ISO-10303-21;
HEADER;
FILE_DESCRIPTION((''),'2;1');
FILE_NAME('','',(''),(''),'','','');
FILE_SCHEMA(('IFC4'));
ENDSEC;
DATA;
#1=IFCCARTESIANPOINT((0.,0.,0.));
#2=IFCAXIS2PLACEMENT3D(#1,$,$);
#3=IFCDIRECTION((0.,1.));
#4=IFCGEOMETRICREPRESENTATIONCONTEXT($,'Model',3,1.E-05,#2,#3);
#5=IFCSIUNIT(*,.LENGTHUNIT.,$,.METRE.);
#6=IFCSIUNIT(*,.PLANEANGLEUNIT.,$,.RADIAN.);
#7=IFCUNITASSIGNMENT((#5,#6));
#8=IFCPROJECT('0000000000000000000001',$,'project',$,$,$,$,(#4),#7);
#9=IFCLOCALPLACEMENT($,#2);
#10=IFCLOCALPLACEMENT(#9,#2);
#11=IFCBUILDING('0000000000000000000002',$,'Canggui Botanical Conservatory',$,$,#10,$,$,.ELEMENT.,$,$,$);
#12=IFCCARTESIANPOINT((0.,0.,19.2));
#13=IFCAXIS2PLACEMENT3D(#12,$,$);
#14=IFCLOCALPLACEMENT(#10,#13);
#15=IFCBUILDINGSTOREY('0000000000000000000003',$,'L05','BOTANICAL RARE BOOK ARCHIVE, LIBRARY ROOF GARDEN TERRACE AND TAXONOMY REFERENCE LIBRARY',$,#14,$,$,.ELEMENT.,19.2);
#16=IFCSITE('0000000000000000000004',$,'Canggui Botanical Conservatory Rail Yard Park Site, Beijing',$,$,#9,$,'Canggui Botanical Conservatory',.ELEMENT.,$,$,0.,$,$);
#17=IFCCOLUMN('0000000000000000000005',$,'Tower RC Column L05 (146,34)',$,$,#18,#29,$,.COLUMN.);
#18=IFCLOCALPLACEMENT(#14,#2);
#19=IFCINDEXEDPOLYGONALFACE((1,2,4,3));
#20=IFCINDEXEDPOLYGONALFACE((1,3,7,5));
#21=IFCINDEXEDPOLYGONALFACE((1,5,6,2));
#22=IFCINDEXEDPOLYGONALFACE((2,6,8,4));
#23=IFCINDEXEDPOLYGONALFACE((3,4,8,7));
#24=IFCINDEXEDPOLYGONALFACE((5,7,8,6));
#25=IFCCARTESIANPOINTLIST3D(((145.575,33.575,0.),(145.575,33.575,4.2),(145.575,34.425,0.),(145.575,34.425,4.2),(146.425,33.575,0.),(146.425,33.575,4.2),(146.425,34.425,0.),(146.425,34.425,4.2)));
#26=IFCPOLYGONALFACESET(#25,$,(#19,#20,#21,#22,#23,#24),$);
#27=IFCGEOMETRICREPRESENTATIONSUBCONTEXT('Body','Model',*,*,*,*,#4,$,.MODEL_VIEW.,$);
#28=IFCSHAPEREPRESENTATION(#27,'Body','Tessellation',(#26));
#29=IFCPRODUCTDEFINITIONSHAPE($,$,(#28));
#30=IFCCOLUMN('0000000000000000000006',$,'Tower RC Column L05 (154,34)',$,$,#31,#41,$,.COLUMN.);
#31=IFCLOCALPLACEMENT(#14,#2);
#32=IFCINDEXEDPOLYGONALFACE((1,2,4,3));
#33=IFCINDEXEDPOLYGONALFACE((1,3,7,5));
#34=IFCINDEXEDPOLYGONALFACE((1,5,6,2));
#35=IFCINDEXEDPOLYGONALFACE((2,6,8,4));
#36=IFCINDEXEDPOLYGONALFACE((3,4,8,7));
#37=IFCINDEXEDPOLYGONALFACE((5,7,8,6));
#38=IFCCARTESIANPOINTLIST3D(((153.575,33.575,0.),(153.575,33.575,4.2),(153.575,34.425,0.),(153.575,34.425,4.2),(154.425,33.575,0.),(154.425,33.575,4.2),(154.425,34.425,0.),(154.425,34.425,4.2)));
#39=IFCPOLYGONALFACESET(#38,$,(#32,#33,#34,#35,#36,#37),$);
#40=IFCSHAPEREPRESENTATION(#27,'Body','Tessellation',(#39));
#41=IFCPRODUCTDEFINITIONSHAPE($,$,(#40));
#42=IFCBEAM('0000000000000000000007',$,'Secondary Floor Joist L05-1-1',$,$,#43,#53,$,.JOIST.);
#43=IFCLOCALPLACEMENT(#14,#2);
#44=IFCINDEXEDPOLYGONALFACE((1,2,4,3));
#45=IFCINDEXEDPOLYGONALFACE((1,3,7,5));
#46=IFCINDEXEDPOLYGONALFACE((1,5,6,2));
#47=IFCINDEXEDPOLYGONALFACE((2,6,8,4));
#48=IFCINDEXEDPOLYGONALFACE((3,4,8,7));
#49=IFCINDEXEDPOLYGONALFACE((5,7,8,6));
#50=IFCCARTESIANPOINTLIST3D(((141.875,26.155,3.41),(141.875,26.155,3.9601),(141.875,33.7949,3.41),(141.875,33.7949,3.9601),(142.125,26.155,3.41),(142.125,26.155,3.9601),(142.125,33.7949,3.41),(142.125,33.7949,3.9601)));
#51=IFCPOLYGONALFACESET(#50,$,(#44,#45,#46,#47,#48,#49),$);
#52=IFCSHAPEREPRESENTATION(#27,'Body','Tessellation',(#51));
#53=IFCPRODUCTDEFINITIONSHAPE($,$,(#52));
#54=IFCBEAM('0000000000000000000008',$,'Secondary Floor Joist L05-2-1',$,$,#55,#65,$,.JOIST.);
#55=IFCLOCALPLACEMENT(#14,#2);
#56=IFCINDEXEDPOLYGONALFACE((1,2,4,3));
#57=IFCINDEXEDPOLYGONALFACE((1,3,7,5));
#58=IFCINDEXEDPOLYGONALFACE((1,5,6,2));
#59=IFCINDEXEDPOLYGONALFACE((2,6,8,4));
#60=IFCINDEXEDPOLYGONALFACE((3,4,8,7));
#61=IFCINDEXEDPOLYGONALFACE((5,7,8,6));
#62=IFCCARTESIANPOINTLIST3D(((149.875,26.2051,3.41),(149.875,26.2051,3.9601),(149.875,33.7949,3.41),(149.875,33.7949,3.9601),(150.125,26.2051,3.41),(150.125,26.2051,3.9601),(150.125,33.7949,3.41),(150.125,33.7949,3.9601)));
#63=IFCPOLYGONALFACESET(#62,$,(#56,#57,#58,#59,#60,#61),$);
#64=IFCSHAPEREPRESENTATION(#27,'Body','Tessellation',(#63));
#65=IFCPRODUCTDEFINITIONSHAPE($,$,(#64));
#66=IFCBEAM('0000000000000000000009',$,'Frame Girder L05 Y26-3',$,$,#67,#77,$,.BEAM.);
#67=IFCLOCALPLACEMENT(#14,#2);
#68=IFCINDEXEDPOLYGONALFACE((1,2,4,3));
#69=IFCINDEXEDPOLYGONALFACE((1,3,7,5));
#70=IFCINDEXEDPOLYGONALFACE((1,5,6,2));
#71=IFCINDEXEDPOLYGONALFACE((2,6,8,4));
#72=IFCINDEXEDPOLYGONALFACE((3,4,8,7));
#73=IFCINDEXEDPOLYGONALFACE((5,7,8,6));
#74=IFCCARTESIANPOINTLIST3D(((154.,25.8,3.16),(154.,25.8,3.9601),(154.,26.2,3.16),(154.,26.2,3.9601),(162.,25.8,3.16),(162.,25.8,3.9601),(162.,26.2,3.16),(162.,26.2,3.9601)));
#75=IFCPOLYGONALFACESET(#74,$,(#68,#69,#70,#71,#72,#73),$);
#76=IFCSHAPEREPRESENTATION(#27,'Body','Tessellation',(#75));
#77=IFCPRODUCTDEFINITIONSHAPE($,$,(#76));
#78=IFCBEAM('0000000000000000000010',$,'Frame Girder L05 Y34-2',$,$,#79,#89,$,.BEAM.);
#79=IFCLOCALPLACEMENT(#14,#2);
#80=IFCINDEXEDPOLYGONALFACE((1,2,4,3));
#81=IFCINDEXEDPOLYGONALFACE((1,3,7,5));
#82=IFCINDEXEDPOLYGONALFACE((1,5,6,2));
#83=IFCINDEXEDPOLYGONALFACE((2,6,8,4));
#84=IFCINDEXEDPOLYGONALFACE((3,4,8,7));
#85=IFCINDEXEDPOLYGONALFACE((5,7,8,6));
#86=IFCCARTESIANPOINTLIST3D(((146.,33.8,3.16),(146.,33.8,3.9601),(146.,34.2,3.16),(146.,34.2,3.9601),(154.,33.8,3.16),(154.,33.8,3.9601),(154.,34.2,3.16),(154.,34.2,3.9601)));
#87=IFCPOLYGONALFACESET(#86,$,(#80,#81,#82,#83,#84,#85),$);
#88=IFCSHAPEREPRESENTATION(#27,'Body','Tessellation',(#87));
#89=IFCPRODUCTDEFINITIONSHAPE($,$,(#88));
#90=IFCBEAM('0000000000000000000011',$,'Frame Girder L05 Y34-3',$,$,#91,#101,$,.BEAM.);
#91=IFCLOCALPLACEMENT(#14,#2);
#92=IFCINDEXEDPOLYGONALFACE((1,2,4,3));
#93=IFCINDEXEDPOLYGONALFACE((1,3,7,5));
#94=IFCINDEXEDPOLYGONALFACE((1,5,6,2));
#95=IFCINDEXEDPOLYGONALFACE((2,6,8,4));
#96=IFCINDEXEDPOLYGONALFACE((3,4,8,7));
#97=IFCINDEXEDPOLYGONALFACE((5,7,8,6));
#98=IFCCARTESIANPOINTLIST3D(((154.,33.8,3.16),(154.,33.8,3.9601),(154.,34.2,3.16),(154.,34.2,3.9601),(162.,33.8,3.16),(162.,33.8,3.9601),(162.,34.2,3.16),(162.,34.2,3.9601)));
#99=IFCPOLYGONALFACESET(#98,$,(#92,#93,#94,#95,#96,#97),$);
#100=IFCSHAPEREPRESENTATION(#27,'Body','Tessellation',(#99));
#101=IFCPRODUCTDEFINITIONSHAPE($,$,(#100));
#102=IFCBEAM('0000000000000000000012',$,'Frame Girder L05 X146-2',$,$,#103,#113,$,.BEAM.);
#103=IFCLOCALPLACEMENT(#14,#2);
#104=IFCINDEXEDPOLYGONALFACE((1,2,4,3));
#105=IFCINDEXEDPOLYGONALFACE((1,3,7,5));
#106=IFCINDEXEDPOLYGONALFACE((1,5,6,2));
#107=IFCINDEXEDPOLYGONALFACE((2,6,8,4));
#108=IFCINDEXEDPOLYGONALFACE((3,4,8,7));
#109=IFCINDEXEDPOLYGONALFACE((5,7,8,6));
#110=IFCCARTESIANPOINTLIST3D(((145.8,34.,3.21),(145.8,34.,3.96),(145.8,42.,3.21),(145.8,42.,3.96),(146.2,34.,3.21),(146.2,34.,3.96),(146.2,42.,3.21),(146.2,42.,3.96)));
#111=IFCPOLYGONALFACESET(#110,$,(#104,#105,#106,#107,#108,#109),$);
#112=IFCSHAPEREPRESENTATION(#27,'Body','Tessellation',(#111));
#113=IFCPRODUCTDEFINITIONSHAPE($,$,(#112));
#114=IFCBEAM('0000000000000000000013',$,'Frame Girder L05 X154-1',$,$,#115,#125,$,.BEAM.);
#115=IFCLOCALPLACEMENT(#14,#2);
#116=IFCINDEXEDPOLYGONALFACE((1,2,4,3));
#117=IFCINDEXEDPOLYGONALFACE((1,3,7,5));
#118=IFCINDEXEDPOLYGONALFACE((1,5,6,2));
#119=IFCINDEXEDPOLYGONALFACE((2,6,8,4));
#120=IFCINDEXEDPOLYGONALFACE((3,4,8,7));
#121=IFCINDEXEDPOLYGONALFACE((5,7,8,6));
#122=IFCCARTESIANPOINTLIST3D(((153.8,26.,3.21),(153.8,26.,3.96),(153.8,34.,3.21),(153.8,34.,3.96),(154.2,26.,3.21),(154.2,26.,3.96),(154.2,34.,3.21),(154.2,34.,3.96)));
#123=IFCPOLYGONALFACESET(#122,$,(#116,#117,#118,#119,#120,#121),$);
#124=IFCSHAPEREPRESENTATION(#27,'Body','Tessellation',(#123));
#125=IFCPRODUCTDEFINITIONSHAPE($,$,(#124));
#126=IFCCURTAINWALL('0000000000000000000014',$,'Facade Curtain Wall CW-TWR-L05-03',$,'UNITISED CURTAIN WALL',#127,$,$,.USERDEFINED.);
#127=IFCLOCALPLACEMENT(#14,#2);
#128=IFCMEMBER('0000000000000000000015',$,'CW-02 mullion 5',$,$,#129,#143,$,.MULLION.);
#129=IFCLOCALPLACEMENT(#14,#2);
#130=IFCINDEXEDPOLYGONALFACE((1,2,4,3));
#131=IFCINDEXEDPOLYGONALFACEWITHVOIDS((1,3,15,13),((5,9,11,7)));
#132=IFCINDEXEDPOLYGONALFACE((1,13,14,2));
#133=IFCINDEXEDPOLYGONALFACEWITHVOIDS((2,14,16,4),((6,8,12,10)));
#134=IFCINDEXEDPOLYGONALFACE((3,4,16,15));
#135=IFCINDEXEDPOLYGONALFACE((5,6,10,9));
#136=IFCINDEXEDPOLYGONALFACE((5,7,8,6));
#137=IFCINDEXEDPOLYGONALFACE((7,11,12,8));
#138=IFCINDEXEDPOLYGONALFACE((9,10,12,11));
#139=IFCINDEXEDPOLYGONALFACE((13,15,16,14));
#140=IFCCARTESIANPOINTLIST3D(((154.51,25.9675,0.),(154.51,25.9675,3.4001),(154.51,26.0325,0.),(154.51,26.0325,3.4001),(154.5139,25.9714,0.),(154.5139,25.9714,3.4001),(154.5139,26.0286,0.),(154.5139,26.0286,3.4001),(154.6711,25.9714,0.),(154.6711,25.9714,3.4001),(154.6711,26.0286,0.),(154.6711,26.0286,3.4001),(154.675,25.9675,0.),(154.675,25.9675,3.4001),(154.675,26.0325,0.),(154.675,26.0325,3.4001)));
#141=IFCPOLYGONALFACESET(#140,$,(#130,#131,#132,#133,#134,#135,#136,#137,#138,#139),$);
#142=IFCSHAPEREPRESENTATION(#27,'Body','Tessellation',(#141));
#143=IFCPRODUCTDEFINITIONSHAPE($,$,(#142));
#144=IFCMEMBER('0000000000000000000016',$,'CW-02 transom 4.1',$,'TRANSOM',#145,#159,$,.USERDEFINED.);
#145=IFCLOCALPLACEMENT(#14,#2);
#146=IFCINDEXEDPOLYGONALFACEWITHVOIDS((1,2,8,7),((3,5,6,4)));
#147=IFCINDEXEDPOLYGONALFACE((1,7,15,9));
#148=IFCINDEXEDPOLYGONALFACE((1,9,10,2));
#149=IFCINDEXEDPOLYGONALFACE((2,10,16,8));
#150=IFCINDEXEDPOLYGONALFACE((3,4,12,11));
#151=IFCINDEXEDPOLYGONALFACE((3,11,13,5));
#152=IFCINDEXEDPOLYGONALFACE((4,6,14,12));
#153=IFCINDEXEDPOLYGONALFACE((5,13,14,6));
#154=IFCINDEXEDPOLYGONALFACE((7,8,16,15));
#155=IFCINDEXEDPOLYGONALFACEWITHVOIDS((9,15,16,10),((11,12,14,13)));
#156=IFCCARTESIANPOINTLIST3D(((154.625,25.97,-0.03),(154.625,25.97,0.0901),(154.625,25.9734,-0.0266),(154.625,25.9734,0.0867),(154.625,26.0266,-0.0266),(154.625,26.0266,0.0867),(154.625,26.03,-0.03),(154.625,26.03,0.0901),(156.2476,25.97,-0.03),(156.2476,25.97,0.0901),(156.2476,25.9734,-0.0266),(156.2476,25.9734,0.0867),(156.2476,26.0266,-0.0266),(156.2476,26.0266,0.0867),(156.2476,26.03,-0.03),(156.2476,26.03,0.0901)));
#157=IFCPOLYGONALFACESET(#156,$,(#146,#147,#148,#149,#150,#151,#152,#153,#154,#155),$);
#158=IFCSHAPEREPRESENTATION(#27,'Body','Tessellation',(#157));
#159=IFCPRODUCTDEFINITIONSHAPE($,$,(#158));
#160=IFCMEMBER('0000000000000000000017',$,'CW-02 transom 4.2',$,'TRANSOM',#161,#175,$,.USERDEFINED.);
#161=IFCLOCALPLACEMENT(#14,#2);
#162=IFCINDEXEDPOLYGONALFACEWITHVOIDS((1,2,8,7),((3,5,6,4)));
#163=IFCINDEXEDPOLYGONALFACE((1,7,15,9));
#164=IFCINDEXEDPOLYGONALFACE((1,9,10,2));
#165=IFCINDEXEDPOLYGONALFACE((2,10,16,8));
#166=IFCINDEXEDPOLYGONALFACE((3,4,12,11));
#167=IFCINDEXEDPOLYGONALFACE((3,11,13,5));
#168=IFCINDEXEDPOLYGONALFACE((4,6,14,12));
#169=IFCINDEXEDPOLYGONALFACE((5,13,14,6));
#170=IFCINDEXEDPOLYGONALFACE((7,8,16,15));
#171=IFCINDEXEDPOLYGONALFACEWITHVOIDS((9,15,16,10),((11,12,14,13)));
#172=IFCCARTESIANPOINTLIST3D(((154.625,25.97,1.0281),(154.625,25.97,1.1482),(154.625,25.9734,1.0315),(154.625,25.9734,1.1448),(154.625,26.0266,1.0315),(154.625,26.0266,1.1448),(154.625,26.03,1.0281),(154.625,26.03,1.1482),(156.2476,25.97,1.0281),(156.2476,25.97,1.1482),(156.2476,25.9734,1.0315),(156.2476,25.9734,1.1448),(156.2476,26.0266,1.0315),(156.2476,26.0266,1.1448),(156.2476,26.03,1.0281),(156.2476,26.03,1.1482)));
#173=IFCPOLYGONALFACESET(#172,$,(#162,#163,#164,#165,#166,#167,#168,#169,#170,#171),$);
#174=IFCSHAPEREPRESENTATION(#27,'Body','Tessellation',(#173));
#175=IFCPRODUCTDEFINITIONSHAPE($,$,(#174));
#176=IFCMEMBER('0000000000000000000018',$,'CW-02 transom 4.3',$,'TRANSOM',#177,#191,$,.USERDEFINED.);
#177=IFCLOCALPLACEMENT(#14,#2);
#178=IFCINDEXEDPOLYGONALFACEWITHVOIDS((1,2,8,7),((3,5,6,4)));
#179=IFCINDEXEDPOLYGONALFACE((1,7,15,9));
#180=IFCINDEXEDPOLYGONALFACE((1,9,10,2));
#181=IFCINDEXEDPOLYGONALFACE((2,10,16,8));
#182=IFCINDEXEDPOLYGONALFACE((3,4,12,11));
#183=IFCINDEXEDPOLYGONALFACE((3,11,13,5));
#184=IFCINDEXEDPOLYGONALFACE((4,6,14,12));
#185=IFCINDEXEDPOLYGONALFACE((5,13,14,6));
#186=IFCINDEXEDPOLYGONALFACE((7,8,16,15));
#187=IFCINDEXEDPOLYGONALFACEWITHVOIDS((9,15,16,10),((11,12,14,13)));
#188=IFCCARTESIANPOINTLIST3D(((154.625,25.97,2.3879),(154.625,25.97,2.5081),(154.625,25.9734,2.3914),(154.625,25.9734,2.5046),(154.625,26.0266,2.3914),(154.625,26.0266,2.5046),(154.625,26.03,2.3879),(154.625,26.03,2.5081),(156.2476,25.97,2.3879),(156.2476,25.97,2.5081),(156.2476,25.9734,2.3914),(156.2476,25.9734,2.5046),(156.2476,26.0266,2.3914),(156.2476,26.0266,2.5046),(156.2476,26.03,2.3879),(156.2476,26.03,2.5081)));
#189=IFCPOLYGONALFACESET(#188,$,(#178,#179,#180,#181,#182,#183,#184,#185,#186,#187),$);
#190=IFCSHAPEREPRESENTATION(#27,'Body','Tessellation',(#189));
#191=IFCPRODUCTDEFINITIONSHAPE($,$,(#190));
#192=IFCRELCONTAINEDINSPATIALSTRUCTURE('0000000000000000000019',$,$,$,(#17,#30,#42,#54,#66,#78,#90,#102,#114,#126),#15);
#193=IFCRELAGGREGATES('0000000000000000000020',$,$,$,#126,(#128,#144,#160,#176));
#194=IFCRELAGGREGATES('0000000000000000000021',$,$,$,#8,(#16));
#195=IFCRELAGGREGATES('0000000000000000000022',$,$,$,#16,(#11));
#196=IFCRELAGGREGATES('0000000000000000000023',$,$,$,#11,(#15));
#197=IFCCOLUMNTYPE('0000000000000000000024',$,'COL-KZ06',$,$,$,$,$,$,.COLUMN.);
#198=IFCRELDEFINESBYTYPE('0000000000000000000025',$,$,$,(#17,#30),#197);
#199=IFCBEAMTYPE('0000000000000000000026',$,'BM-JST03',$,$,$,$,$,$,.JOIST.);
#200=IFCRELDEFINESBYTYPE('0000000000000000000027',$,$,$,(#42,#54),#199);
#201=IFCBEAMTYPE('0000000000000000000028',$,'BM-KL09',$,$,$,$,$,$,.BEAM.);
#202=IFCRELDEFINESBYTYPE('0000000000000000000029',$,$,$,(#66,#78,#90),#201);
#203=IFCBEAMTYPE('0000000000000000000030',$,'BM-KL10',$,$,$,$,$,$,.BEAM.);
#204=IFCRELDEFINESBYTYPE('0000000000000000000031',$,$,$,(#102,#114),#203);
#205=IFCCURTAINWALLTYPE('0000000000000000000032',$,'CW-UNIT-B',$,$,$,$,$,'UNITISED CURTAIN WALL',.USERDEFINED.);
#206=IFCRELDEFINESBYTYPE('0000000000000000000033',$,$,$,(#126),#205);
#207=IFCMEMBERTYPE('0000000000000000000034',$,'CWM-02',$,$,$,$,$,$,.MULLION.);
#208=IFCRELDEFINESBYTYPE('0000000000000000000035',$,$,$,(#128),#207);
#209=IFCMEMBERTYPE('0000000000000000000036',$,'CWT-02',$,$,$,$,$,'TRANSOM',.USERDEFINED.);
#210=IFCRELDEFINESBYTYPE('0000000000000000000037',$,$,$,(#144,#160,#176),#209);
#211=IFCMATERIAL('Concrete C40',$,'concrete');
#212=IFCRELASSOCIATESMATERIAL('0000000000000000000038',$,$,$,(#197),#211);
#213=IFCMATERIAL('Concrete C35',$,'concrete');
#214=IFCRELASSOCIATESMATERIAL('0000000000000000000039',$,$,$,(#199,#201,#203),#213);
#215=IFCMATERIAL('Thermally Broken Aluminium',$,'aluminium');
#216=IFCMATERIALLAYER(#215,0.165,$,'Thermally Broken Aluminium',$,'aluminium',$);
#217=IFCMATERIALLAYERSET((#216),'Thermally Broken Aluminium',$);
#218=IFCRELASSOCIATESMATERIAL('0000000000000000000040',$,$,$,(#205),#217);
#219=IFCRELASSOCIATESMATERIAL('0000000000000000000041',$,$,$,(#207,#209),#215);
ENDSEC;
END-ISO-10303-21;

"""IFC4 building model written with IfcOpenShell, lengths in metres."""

from ifc_helpers import new_model, si_unit, direction, frame, origin, origin_2d, place, context, subcontext, project, spatial, rectangle, hollow_rectangle, extrude, material, layer, layer_set, material_profile, profile_set, type_object, element, aggregate, save


model = new_model("IFC4")

# Units and contexts
model_context = context("Model", 3, precision=1e-05, world=origin(), true_north=direction((0.0, 1.0)))
body_context = subcontext(model_context, "Body", "Model", "MODEL_VIEW")
ifc_project = project(units=[si_unit("LENGTHUNIT", "METRE"), si_unit("PLANEANGLEUNIT", "RADIAN")], contexts=[model_context])

# Site, building, storey
site_placement = place(None, origin())
site = spatial("IfcSite", under=ifc_project, at=site_placement, Name="Canggui Botanical Conservatory Rail Yard Park Site, Beijing", LongName="Canggui Botanical Conservatory", CompositionType="ELEMENT", RefElevation=0.0)
building_placement = place(site_placement, origin())
building = spatial("IfcBuilding", under=site, at=building_placement, Name="Canggui Botanical Conservatory", CompositionType="ELEMENT")
storey_placement = place(building_placement, frame((0.0, 0.0, 19.2)))
storey = spatial("IfcBuildingStorey", under=building, at=storey_placement, Name="L05", Description="BOTANICAL RARE BOOK ARCHIVE, LIBRARY ROOF GARDEN TERRACE AND TAXONOMY REFERENCE LIBRARY", CompositionType="ELEMENT", Elevation=19.2)

# Columns
ifc_material_1 = material(Name="Concrete C40", Category="concrete")
ifc_material_profile_1 = material_profile(ifc_material_1, rectangle(XDim=0.8501, YDim=0.8501, at=origin_2d()), Name="RC 850x850")
ifc_profile_set_1 = profile_set([ifc_material_profile_1], Name="Concrete C40")
column_type = type_object("IfcColumnType", Name="COL-KZ06", PredefinedType="COLUMN", material=ifc_profile_set_1)
for number, where, z_axis, x_axis, name in (
    (1, (146.0, 34.0, 0.0), (0.0, 0.0, 1.0), (1.0, 0.0, 0.0), "Tower RC Column L05 (146,34)"),
    (2, (154.0, 34.0, 0.0), (0.0, 0.0, 1.0), (1.0, 0.0, 0.0), "Tower RC Column L05 (154,34)"),
):
    element("IfcColumn", number, at=place(storey_placement, frame(where, z_axis=z_axis, x_axis=x_axis)), inside=storey, type_object=column_type, Name=name, PredefinedType="COLUMN", context=body_context, shape_type="SweptSolid", body=[
        extrude(rectangle(XDim=0.8501, YDim=0.8501, at=origin_2d()), origin(), (0.0, 0.0, 1.0), 4.2),
    ])

# Beams
ifc_material_2 = material(Name="Concrete C35", Category="concrete")
ifc_material_profile_2 = material_profile(ifc_material_2, rectangle(XDim=0.25, YDim=0.55, at=origin_2d()), Name="RB 250x550")
ifc_profile_set_2 = profile_set([ifc_material_profile_2], Name="Concrete C35")
beam_type_1 = type_object("IfcBeamType", Name="BM-JST03", PredefinedType="JOIST", material=ifc_profile_set_2)
beam_1_placement = place(storey_placement, frame((142.0, 26.155, 3.6851), z_axis=(0.0, 1.0, 0.0), x_axis=(-1.0, 0.0, 0.0)))
element("IfcBeam", 3, at=beam_1_placement, inside=storey, type_object=beam_type_1, Name="Secondary Floor Joist L05-1-1", PredefinedType="JOIST", context=body_context, shape_type="SweptSolid", body=[
    extrude(rectangle(XDim=0.25, YDim=0.55, at=origin_2d()), origin(), (0.0, 0.0, 1.0), 7.6399),
])
beam_2_placement = place(storey_placement, frame((150.0, 26.2051, 3.6851), z_axis=(0.0, 1.0, 0.0), x_axis=(-1.0, 0.0, 0.0)))
element("IfcBeam", 4, at=beam_2_placement, inside=storey, type_object=beam_type_1, Name="Secondary Floor Joist L05-2-1", PredefinedType="JOIST", context=body_context, shape_type="SweptSolid", body=[
    extrude(rectangle(XDim=0.25, YDim=0.55, at=origin_2d()), origin(), (0.0, 0.0, 1.0), 7.5898),
])
ifc_material_profile_3 = material_profile(ifc_material_2, rectangle(XDim=0.3999, YDim=0.8, at=origin_2d()), Name="RB 400x800")
ifc_profile_set_3 = profile_set([ifc_material_profile_3], Name="Concrete C35")
beam_type_2 = type_object("IfcBeamType", Name="BM-KL09", PredefinedType="BEAM", material=ifc_profile_set_3)
for number, where, z_axis, x_axis, name in (
    (5, (154.0, 26.0, 3.5601), (1.0, 0.0, 0.0), (0.0, 1.0, 0.0), "Frame Girder L05 Y26-3"),
    (6, (146.0, 34.0, 3.5601), (1.0, 0.0, 0.0), (0.0, 1.0, 0.0), "Frame Girder L05 Y34-2"),
    (7, (154.0, 34.0, 3.5601), (1.0, 0.0, 0.0), (0.0, 1.0, 0.0), "Frame Girder L05 Y34-3"),
):
    element("IfcBeam", number, at=place(storey_placement, frame(where, z_axis=z_axis, x_axis=x_axis)), inside=storey, type_object=beam_type_2, Name=name, PredefinedType="BEAM", context=body_context, shape_type="SweptSolid", body=[
        extrude(rectangle(XDim=0.3999, YDim=0.8, at=origin_2d()), origin(), (0.0, 0.0, 1.0), 8.0),
    ])
ifc_material_profile_4 = material_profile(ifc_material_2, rectangle(XDim=0.3999, YDim=0.75, at=origin_2d()), Name="RB 400x750")
ifc_profile_set_4 = profile_set([ifc_material_profile_4], Name="Concrete C35")
beam_type_3 = type_object("IfcBeamType", Name="BM-KL10", PredefinedType="BEAM", material=ifc_profile_set_4)
for number, where, z_axis, x_axis, name in (
    (8, (146.0, 34.0, 3.585), (0.0, 1.0, 0.0), (-1.0, 0.0, 0.0), "Frame Girder L05 X146-2"),
    (9, (154.0, 26.0, 3.585), (0.0, 1.0, 0.0), (-1.0, 0.0, 0.0), "Frame Girder L05 X154-1"),
):
    element("IfcBeam", number, at=place(storey_placement, frame(where, z_axis=z_axis, x_axis=x_axis)), inside=storey, type_object=beam_type_3, Name=name, PredefinedType="BEAM", context=body_context, shape_type="SweptSolid", body=[
        extrude(rectangle(XDim=0.3999, YDim=0.75, at=origin_2d()), origin(), (0.0, 0.0, 1.0), 8.0),
    ])

# Curtain wall, members
ifc_material_3 = material(Name="Thermally Broken Aluminium", Category="aluminium")
ifc_layer_1 = layer(ifc_material_3, 0.165, Name="Thermally Broken Aluminium", Category="aluminium")
ifc_layer_set_1 = layer_set([ifc_layer_1], Name="Thermally Broken Aluminium")
curtain_wall_type = type_object("IfcCurtainWallType", Name="CW-UNIT-B", ElementType="UNITISED CURTAIN WALL", PredefinedType="USERDEFINED", material=ifc_layer_set_1)
curtain_wall_placement = place(storey_placement, origin())
curtain_wall = element("IfcCurtainWall", 10, at=curtain_wall_placement, inside=storey, type_object=curtain_wall_type, Name="Facade Curtain Wall CW-TWR-L05-03", ObjectType="UNITISED CURTAIN WALL", PredefinedType="USERDEFINED")
ifc_material_profile_5 = material_profile(ifc_material_3, hollow_rectangle(XDim=0.0649, YDim=0.165, WallThickness=0.0039, at=origin_2d()), Name="CWM 65x165x4")
ifc_profile_set_5 = profile_set([ifc_material_profile_5], Name="Thermally Broken Aluminium")
member_type_1 = type_object("IfcMemberType", Name="CWM-02", PredefinedType="MULLION", material=ifc_profile_set_5)
member_1_placement = place(storey_placement, frame((154.5925, 26.0, 0.0), z_axis=(0.0, 0.0, 1.0), x_axis=(0.0, -1.0, 0.0)))
member_1 = element("IfcMember", 11, at=member_1_placement, type_object=member_type_1, Name="CW-02 mullion 5", PredefinedType="MULLION", context=body_context, shape_type="SweptSolid", body=[
    extrude(hollow_rectangle(XDim=0.0649, YDim=0.165, WallThickness=0.0039, at=origin_2d()), origin(), (0.0, 0.0, 1.0), 3.4001),
])
ifc_material_profile_6 = material_profile(ifc_material_3, hollow_rectangle(XDim=0.0601, YDim=0.1201, WallThickness=0.0034, at=origin_2d()), Name="CWT 60x120x3.5")
ifc_profile_set_6 = profile_set([ifc_material_profile_6], Name="Thermally Broken Aluminium")
member_type_2 = type_object("IfcMemberType", Name="CWT-02", ElementType="TRANSOM", PredefinedType="USERDEFINED", material=ifc_profile_set_6)
member_2_placement = place(storey_placement, frame((156.2476, 26.0, 0.03), z_axis=(-1.0, 0.0, 0.0), x_axis=(0.0, -1.0, 0.0)))
member_2 = element("IfcMember", 12, at=member_2_placement, type_object=member_type_2, Name="CW-02 transom 4.1", ObjectType="TRANSOM", PredefinedType="USERDEFINED", context=body_context, shape_type="SweptSolid", body=[
    extrude(hollow_rectangle(XDim=0.0601, YDim=0.1201, WallThickness=0.0034, at=origin_2d()), origin(), (0.0, 0.0, 1.0), 1.6226),
])
member_3_placement = place(storey_placement, frame((156.2476, 26.0, 1.0881), z_axis=(-1.0, 0.0, 0.0), x_axis=(0.0, -1.0, 0.0)))
member_3 = element("IfcMember", 13, at=member_3_placement, type_object=member_type_2, Name="CW-02 transom 4.2", ObjectType="TRANSOM", PredefinedType="USERDEFINED", context=body_context, shape_type="SweptSolid", body=[
    extrude(hollow_rectangle(XDim=0.0601, YDim=0.1201, WallThickness=0.0034, at=origin_2d()), origin(), (0.0, 0.0, 1.0), 1.6226),
])
member_4_placement = place(storey_placement, frame((156.2476, 26.0, 2.448), z_axis=(-1.0, 0.0, 0.0), x_axis=(0.0, -1.0, 0.0)))
member_4 = element("IfcMember", 14, at=member_4_placement, type_object=member_type_2, Name="CW-02 transom 4.3", ObjectType="TRANSOM", PredefinedType="USERDEFINED", context=body_context, shape_type="SweptSolid", body=[
    extrude(hollow_rectangle(XDim=0.0601, YDim=0.1201, WallThickness=0.0034, at=origin_2d()), origin(), (0.0, 0.0, 1.0), 1.6226),
])
aggregate(curtain_wall, [member_1, member_2, member_3, member_4])

save(model, "model.ifc")
